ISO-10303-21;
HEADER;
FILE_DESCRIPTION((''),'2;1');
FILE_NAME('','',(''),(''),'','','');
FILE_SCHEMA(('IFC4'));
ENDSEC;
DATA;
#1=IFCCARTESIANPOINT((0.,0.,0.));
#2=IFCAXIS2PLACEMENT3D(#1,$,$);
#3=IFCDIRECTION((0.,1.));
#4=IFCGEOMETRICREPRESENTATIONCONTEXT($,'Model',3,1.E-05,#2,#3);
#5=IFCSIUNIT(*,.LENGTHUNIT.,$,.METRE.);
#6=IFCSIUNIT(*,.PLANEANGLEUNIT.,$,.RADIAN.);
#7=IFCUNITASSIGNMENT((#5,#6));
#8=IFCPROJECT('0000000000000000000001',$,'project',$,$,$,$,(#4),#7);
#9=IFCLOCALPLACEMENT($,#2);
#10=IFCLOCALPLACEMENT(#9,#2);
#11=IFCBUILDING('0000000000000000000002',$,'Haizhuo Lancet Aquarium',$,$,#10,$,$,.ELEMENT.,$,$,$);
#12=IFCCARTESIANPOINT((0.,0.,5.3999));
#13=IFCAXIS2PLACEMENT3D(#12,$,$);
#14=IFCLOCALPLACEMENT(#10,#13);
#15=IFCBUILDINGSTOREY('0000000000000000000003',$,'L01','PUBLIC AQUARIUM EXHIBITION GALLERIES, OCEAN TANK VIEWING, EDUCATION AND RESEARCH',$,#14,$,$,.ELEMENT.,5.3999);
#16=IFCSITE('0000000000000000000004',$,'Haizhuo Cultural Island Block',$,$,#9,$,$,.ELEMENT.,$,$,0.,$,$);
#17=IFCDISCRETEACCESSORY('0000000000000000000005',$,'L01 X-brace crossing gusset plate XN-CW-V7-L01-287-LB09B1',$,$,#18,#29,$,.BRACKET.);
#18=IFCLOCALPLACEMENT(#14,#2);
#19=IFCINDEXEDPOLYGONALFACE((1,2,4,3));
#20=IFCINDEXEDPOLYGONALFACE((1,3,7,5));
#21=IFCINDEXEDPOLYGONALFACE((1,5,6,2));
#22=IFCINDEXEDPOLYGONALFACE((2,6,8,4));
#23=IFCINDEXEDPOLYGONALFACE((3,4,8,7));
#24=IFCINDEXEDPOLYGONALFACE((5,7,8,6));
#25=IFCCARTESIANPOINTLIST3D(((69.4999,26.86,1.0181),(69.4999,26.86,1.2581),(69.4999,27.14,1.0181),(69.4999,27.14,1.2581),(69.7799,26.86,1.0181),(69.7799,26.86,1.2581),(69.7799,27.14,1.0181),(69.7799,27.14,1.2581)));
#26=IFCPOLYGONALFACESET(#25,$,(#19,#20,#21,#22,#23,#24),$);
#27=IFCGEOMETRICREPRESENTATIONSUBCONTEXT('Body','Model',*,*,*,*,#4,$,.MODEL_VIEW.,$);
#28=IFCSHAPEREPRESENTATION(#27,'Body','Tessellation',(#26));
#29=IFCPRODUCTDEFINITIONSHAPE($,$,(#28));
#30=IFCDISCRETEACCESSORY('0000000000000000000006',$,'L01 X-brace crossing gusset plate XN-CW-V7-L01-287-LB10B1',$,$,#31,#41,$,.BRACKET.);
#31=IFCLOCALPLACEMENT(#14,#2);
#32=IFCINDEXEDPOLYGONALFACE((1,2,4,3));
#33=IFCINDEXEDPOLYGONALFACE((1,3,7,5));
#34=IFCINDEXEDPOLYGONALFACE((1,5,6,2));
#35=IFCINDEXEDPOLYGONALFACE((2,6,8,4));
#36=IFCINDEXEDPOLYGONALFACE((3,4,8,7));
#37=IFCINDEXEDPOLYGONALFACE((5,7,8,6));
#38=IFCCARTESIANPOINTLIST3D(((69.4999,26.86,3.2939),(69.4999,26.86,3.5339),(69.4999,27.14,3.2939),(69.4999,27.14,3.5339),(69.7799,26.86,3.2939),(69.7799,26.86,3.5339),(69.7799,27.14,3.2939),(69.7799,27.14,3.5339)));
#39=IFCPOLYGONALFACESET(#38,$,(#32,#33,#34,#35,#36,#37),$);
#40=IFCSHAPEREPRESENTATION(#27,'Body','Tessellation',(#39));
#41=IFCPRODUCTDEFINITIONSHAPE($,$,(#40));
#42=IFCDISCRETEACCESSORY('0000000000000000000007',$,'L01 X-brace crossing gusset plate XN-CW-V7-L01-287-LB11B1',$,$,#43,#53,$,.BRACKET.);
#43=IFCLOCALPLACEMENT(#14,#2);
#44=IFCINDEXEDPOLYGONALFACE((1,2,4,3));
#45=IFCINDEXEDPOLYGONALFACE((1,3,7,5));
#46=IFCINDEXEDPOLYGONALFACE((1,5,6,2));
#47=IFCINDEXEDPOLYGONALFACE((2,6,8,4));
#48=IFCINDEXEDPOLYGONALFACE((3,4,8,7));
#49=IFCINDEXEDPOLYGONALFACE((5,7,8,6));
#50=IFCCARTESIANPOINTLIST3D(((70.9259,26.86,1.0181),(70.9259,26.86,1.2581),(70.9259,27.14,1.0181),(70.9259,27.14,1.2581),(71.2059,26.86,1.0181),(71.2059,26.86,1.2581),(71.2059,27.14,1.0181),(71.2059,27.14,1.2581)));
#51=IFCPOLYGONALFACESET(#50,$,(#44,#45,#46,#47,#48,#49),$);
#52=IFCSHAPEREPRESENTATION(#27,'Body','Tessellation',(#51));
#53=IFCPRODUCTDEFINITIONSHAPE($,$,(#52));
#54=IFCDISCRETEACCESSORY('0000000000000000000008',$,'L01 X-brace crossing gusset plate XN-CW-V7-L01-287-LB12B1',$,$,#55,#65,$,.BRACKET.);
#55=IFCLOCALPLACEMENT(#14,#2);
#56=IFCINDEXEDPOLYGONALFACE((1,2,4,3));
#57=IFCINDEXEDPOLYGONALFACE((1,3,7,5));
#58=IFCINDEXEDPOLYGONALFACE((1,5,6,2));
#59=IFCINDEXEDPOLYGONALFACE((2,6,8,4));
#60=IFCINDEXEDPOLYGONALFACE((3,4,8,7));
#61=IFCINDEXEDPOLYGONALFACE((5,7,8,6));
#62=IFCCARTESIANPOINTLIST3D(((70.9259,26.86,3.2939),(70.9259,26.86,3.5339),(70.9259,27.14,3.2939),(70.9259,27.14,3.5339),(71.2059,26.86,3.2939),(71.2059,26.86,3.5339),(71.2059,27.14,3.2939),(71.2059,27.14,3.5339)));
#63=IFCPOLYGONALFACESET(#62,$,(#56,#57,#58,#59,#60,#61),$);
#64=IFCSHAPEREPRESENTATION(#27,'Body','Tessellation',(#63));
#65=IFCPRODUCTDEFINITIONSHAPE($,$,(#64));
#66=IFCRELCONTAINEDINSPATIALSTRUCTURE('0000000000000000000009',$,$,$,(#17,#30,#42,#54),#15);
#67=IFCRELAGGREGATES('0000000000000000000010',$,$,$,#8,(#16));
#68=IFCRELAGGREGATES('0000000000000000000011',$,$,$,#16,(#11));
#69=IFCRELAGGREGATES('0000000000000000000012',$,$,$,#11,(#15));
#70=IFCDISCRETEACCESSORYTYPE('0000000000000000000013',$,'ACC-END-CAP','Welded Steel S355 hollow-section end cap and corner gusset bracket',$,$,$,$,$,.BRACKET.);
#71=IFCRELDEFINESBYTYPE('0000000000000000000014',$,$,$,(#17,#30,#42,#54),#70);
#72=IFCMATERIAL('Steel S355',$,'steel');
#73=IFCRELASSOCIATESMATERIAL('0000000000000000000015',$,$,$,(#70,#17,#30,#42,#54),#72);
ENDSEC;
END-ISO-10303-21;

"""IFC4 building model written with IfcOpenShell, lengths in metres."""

from ifc_helpers import new_model, si_unit, direction, frame, origin, origin_2d, place, context, subcontext, project, spatial, rectangle, extrude, material, type_object, element, save


model = new_model("IFC4")

# Units and contexts
model_context = context("Model", 3, precision=1e-05, world=origin(), true_north=direction((0.0, 1.0)))
body_context = subcontext(model_context, "Body", "Model", "MODEL_VIEW")
ifc_project = project(units=[si_unit("LENGTHUNIT", "METRE"), si_unit("PLANEANGLEUNIT", "RADIAN")], contexts=[model_context])

# Site, building, storey
site_placement = place(None, origin())
site = spatial("IfcSite", under=ifc_project, at=site_placement, Name="Haizhuo Cultural Island Block", CompositionType="ELEMENT", RefElevation=0.0)
building_placement = place(site_placement, origin())
building = spatial("IfcBuilding", under=site, at=building_placement, Name="Haizhuo Lancet Aquarium", CompositionType="ELEMENT")
storey_placement = place(building_placement, frame((0.0, 0.0, 5.3999)))
storey = spatial("IfcBuildingStorey", under=building, at=storey_placement, Name="L01", Description="PUBLIC AQUARIUM EXHIBITION GALLERIES, OCEAN TANK VIEWING, EDUCATION AND RESEARCH", CompositionType="ELEMENT", Elevation=5.3999)

# Shared definitions
ifc_material_1 = material(Name="Steel S355", Category="steel")

# Discrete accessories
discrete_accessory_type = type_object("IfcDiscreteAccessoryType", Name="ACC-END-CAP", Description="Welded Steel S355 hollow-section end cap and corner gusset bracket", PredefinedType="BRACKET", material=ifc_material_1)
for number, where, z_axis, x_axis, name in (
    (1, (69.6399, 27.0, 1.0181), (0.0, 0.0, 1.0), (1.0, 0.0, 0.0), "L01 X-brace crossing gusset plate XN-CW-V7-L01-287-LB09B1"),
    (2, (69.6399, 27.0, 3.2939), (0.0, 0.0, 1.0), (1.0, 0.0, 0.0), "L01 X-brace crossing gusset plate XN-CW-V7-L01-287-LB10B1"),
    (3, (71.0659, 27.0, 1.0181), (0.0, 0.0, 1.0), (1.0, 0.0, 0.0), "L01 X-brace crossing gusset plate XN-CW-V7-L01-287-LB11B1"),
    (4, (71.0659, 27.0, 3.2939), (0.0, 0.0, 1.0), (1.0, 0.0, 0.0), "L01 X-brace crossing gusset plate XN-CW-V7-L01-287-LB12B1"),
):
    element("IfcDiscreteAccessory", number, at=place(storey_placement, frame(where, z_axis=z_axis, x_axis=x_axis)), inside=storey, type_object=discrete_accessory_type, material=ifc_material_1, Name=name, PredefinedType="BRACKET", context=body_context, shape_type="SweptSolid", body=[
        extrude(rectangle(XDim=0.28, YDim=0.28, at=origin_2d()), origin(), (0.0, 0.0, 1.0), 0.24),
    ])

save(model, "model.ifc")
